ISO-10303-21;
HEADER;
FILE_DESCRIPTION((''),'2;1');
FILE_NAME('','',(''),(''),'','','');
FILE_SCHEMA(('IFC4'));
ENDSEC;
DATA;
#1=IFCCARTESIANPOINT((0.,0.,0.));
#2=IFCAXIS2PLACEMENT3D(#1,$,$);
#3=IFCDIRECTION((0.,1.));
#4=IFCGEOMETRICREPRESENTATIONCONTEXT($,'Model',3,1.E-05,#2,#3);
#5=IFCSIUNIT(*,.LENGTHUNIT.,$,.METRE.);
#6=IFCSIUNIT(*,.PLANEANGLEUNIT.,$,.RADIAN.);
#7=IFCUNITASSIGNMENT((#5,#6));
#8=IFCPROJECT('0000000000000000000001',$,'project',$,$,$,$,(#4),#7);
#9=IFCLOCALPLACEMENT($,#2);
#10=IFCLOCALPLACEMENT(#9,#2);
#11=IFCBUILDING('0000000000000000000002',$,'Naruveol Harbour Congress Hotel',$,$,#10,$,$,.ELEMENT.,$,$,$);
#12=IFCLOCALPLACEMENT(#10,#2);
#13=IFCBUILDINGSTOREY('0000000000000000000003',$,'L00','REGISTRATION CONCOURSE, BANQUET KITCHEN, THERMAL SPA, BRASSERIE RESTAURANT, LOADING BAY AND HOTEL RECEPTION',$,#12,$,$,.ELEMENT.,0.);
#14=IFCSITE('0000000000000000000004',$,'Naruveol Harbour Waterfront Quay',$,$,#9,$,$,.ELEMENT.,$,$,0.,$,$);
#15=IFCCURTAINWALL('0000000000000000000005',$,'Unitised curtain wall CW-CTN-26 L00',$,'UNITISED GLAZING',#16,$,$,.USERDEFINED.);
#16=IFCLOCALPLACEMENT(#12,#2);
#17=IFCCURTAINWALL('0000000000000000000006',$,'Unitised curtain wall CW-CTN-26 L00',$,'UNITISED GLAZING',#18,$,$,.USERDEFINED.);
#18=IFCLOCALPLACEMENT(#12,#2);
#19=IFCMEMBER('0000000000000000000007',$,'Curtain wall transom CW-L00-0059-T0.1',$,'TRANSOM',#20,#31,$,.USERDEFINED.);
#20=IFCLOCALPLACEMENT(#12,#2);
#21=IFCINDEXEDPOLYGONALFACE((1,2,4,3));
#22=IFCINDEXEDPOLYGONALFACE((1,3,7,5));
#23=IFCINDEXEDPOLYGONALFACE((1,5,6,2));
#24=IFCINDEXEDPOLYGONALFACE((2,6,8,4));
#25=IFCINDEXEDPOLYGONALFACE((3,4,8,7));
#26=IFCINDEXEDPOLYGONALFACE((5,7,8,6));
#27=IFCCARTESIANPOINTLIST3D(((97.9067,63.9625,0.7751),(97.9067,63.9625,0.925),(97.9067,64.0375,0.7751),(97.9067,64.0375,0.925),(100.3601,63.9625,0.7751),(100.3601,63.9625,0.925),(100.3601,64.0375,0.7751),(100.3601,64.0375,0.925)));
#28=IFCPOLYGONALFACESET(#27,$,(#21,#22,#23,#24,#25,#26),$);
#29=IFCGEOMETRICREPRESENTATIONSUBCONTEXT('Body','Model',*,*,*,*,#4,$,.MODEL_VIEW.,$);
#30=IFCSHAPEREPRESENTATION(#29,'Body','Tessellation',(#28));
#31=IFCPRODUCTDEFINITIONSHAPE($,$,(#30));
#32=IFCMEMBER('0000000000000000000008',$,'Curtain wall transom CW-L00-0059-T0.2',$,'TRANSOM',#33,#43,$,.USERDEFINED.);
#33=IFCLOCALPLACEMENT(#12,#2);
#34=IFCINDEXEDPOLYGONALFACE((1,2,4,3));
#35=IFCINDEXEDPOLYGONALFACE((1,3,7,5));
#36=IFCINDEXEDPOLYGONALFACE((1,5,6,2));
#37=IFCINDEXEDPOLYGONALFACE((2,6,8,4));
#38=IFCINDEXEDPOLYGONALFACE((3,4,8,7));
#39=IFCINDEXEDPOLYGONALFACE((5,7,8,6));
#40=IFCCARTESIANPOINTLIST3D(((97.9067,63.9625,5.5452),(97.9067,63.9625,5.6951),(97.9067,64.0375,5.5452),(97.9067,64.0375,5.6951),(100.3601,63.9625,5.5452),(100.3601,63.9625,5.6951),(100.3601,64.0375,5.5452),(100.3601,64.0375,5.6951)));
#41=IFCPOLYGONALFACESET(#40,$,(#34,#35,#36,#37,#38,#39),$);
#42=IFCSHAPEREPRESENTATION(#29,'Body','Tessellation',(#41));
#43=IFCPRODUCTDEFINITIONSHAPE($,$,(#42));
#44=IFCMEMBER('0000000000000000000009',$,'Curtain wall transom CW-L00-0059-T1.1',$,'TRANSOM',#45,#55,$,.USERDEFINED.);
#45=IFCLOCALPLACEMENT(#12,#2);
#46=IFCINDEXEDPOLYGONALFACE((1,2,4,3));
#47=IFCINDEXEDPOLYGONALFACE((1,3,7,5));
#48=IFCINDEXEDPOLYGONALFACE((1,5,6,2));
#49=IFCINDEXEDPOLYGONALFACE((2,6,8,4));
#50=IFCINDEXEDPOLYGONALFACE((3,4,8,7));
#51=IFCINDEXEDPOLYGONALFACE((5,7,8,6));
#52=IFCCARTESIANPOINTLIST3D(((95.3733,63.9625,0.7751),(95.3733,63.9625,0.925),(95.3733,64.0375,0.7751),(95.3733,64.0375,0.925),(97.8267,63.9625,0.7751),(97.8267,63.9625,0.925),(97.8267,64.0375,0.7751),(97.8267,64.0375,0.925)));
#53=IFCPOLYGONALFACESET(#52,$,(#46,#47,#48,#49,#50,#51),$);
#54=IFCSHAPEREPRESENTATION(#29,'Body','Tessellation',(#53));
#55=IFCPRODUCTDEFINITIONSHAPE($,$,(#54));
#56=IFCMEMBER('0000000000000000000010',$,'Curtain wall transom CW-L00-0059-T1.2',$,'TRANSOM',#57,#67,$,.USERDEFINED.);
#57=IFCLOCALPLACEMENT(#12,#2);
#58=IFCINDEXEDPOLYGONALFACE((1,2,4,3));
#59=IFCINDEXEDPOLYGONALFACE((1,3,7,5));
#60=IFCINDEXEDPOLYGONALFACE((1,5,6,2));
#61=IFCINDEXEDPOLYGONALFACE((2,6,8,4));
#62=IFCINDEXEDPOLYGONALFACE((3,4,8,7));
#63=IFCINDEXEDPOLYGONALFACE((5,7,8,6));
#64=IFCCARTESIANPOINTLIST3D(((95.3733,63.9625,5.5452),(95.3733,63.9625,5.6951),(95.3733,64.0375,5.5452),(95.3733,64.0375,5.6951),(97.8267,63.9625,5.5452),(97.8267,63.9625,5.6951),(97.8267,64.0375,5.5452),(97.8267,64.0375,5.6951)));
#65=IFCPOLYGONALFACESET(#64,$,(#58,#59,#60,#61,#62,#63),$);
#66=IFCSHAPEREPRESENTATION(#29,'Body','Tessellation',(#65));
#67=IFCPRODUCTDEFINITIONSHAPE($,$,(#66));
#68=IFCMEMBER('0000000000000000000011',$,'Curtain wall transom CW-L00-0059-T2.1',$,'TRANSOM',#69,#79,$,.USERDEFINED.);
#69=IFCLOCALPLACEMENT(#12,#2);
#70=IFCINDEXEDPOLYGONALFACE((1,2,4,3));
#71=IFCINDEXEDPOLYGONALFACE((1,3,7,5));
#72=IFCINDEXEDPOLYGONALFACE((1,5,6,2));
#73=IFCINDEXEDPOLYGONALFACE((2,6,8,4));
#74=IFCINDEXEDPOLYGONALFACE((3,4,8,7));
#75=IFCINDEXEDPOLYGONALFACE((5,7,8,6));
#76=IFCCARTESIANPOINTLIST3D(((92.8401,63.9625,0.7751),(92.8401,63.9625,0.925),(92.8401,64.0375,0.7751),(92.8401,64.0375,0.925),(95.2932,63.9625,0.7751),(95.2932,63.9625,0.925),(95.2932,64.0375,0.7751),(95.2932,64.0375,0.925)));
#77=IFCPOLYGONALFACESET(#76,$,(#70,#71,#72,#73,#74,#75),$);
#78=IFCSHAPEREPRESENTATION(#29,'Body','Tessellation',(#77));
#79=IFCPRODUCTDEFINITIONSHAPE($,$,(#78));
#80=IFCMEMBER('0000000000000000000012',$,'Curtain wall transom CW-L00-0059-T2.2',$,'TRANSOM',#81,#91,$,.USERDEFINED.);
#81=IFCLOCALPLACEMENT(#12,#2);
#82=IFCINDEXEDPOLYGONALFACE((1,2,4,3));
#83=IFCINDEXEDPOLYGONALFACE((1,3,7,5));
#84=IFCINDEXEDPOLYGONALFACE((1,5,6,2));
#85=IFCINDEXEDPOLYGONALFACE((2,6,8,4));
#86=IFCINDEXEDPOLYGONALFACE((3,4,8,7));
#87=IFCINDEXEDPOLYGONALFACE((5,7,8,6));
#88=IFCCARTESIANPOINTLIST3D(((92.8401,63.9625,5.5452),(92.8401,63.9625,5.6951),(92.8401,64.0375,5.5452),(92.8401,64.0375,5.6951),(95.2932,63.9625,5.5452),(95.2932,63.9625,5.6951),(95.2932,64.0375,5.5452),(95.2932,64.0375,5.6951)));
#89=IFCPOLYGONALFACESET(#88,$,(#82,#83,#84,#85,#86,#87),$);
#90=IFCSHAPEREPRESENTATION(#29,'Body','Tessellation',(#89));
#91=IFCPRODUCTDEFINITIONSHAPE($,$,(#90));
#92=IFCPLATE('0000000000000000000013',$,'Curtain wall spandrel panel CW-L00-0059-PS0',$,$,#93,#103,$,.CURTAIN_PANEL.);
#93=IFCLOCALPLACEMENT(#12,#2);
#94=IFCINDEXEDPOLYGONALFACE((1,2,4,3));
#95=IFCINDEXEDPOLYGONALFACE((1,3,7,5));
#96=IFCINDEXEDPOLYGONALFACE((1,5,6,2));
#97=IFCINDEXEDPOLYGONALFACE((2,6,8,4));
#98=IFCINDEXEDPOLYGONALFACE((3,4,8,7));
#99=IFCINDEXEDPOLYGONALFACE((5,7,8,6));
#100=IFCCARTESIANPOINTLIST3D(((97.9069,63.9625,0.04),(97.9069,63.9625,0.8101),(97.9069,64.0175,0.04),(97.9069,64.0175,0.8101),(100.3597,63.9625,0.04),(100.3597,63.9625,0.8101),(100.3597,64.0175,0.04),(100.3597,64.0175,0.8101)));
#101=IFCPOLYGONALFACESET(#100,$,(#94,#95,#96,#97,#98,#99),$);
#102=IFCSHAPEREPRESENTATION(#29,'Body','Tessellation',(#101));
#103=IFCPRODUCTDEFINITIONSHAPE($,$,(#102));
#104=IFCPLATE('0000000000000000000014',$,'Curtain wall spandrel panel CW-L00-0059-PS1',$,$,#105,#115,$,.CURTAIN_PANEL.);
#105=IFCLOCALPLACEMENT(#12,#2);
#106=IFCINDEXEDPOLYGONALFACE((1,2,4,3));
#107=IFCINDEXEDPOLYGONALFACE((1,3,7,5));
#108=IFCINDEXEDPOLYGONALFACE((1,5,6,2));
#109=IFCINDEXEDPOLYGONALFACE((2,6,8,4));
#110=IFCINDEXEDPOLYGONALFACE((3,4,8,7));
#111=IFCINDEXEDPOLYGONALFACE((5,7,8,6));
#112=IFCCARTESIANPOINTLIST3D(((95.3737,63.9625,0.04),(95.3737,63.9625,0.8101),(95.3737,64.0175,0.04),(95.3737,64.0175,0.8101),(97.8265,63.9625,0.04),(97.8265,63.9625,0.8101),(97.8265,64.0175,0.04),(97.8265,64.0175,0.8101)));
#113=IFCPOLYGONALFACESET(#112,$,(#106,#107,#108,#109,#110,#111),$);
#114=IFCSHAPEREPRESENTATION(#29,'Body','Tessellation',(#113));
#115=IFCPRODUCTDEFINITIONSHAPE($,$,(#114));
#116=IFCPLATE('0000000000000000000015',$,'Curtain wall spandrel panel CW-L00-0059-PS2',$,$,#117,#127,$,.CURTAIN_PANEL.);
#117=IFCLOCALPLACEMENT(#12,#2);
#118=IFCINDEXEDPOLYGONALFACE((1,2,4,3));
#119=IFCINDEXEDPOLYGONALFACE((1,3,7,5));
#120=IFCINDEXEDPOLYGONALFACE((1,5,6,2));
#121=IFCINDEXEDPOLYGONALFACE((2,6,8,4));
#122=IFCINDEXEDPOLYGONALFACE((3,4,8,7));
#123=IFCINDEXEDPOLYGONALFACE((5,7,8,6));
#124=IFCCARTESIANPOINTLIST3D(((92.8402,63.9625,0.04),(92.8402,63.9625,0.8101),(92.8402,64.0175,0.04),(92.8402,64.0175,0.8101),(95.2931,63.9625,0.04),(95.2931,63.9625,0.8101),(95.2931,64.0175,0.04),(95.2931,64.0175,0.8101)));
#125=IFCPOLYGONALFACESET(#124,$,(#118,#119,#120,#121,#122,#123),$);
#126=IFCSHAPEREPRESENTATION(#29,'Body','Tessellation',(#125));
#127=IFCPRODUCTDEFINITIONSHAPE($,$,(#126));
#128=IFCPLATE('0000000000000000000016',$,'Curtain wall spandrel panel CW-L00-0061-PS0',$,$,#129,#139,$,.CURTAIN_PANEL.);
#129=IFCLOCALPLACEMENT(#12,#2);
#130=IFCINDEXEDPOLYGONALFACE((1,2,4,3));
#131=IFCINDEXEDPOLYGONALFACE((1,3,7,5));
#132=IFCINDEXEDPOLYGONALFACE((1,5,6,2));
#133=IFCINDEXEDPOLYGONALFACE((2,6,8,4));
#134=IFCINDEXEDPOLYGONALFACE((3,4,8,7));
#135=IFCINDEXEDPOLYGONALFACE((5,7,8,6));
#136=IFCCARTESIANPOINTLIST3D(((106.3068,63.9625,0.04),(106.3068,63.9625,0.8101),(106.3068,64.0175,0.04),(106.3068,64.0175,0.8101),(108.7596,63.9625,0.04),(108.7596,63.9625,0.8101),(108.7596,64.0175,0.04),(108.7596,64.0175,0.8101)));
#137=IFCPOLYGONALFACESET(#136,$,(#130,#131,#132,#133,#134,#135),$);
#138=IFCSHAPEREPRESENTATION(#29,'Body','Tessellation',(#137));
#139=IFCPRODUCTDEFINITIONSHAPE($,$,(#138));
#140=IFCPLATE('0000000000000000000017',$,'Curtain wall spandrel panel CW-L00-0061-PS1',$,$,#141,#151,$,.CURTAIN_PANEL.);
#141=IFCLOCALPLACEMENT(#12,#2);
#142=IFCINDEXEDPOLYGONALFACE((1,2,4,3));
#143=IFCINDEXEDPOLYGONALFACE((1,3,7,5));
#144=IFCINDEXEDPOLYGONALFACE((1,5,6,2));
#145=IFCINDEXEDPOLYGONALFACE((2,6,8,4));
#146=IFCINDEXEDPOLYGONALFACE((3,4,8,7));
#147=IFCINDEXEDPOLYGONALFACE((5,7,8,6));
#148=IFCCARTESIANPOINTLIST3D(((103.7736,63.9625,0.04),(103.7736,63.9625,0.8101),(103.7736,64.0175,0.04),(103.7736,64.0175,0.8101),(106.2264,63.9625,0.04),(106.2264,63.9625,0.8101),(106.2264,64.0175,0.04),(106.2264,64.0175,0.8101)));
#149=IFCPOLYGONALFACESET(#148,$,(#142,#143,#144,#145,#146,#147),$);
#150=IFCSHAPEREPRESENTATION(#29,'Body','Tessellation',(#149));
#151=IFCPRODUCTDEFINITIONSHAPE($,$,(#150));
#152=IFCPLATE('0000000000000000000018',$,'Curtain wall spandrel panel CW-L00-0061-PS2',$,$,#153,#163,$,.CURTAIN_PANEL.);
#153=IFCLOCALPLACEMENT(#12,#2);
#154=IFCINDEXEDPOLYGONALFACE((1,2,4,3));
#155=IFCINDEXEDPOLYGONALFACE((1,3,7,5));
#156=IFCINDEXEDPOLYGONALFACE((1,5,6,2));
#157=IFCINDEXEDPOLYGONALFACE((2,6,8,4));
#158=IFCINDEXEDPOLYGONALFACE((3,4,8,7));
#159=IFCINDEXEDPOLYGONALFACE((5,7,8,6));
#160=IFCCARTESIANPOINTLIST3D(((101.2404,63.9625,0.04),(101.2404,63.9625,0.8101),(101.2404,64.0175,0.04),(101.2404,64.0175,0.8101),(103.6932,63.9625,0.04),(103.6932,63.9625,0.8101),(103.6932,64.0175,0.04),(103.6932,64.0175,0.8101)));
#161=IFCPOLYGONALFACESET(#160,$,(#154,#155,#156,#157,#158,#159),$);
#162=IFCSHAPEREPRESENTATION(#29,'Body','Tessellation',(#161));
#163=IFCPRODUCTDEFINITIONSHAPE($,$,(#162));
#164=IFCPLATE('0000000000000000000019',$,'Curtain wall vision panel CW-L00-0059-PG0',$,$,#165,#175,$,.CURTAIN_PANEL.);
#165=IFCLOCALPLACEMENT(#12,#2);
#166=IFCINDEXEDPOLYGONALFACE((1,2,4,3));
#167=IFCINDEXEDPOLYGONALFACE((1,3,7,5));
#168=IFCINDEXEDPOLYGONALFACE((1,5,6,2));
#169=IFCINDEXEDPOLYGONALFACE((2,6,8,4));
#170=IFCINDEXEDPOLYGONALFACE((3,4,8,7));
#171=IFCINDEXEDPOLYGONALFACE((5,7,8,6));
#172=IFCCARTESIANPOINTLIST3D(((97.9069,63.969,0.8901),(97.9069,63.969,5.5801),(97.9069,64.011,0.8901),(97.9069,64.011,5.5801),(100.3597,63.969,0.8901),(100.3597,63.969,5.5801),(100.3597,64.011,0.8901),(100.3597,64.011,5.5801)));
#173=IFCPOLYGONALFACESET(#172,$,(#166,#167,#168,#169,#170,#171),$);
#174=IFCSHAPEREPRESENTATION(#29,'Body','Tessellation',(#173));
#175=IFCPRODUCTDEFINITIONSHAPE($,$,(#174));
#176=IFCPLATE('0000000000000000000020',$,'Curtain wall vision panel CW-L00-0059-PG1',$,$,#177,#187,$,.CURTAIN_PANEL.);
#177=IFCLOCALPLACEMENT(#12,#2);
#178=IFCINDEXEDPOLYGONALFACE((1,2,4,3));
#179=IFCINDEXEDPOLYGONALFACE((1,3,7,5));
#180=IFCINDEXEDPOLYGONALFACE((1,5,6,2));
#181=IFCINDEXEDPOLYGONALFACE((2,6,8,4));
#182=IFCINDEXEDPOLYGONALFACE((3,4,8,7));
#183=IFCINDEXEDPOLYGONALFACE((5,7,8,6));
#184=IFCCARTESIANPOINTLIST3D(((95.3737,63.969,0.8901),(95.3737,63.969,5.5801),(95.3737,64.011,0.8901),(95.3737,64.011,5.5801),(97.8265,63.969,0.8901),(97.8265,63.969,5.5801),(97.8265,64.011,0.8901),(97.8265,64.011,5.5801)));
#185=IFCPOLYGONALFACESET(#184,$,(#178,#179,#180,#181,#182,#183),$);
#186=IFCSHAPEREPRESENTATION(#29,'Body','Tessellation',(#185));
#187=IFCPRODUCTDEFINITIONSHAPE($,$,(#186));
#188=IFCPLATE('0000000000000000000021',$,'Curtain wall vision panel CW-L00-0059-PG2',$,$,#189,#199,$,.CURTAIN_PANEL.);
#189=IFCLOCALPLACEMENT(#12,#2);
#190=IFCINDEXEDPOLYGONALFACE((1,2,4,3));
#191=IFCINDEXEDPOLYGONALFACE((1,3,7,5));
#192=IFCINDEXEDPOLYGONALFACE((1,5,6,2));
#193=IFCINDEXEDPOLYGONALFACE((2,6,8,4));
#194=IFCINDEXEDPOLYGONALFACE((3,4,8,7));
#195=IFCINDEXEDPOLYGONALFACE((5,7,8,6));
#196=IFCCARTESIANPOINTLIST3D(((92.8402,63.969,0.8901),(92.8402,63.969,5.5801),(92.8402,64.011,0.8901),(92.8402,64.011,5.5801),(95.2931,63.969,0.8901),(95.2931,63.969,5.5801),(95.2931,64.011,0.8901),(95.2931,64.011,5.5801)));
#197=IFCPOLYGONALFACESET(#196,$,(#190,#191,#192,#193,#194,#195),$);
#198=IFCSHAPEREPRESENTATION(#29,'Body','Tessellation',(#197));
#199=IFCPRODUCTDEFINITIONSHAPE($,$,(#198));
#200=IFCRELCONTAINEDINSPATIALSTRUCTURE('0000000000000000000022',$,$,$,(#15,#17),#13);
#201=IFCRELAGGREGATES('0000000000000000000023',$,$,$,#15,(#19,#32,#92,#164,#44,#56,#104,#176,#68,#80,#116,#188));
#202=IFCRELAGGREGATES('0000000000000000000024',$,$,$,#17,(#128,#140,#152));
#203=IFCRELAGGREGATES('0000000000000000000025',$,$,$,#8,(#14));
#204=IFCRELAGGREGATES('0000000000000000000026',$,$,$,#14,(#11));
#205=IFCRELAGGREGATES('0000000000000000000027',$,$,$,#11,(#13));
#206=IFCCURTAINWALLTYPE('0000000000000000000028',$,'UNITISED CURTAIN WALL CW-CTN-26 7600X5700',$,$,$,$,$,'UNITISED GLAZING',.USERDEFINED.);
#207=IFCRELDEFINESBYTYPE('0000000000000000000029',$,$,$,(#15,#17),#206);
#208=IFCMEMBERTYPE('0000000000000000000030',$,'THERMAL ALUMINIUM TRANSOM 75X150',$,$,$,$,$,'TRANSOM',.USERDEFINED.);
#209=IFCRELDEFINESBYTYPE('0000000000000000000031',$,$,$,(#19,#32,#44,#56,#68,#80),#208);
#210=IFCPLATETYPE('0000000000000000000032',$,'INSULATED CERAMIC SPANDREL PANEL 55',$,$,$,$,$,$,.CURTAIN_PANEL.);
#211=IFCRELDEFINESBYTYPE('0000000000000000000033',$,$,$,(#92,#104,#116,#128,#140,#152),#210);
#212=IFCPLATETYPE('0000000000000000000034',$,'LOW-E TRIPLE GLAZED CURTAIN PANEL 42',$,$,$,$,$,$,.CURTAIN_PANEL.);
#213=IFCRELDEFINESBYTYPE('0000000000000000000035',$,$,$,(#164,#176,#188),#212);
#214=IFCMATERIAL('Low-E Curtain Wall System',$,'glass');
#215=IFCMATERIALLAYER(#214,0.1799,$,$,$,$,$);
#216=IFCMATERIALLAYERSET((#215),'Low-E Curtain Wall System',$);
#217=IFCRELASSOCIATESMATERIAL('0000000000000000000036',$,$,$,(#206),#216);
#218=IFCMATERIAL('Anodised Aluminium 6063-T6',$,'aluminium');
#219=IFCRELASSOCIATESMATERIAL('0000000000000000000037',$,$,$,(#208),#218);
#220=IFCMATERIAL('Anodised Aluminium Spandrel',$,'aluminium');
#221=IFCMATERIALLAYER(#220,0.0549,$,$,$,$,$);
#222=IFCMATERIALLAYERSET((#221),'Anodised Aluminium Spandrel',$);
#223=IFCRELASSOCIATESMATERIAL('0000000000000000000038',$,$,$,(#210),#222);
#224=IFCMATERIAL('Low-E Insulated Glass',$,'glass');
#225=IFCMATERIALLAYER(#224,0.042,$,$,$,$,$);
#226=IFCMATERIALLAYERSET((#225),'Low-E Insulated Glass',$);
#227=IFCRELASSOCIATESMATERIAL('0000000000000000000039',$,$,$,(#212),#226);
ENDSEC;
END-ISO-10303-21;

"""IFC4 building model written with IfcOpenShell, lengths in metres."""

from ifc_helpers import new_model, si_unit, direction, frame, origin, origin_2d, place, context, subcontext, project, spatial, rectangle, extrude, material, layer, layer_set, material_profile, profile_set, type_object, element, aggregate, save


model = new_model("IFC4")

# Units and contexts
model_context = context("Model", 3, precision=1e-05, world=origin(), true_north=direction((0.0, 1.0)))
body_context = subcontext(model_context, "Body", "Model", "MODEL_VIEW")
ifc_project = project(units=[si_unit("LENGTHUNIT", "METRE"), si_unit("PLANEANGLEUNIT", "RADIAN")], contexts=[model_context])

# Site, building, storey
site_placement = place(None, origin())
site = spatial("IfcSite", under=ifc_project, at=site_placement, Name="Naruveol Harbour Waterfront Quay", CompositionType="ELEMENT", RefElevation=0.0)
building_placement = place(site_placement, origin())
building = spatial("IfcBuilding", under=site, at=building_placement, Name="Naruveol Harbour Congress Hotel", CompositionType="ELEMENT")
storey_placement = place(building_placement, origin())
storey = spatial("IfcBuildingStorey", under=building, at=storey_placement, Name="L00", Description="REGISTRATION CONCOURSE, BANQUET KITCHEN, THERMAL SPA, BRASSERIE RESTAURANT, LOADING BAY AND HOTEL RECEPTION", CompositionType="ELEMENT", Elevation=0.0)

# Shared definitions
ifc_material_1 = material(Name="Low-E Curtain Wall System", Category="glass")
ifc_layer_1 = layer(ifc_material_1, 0.1799)
ifc_layer_set_1 = layer_set([ifc_layer_1], Name="Low-E Curtain Wall System")
curtain_wall_type_1 = type_object("IfcCurtainWallType", Name="UNITISED CURTAIN WALL CW-CTN-26 7600X5700", ElementType="UNITISED GLAZING", PredefinedType="USERDEFINED", material=ifc_layer_set_1)

# Curtain wall
curtain_wall_1_placement = place(storey_placement, origin())
curtain_wall_1 = element("IfcCurtainWall", 1, at=curtain_wall_1_placement, inside=storey, type_object=curtain_wall_type_1, Name="Unitised curtain wall CW-CTN-26 L00", ObjectType="UNITISED GLAZING", PredefinedType="USERDEFINED")

# Curtain wall
curtain_wall_2_placement = place(storey_placement, origin())
curtain_wall_2 = element("IfcCurtainWall", 2, at=curtain_wall_2_placement, inside=storey, type_object=curtain_wall_type_1, Name="Unitised curtain wall CW-CTN-26 L00", ObjectType="UNITISED GLAZING", PredefinedType="USERDEFINED")

# Members
ifc_material_2 = material(Name="Anodised Aluminium 6063-T6", Category="aluminium")
ifc_material_profile_1 = material_profile(ifc_material_2, rectangle(XDim=0.075, YDim=0.1499, at=origin_2d()), Name="ALU-75x150")
ifc_profile_set_1 = profile_set([ifc_material_profile_1], Name="Anodised Aluminium 6063-T6")
member_type_1 = type_object("IfcMemberType", Name="THERMAL ALUMINIUM TRANSOM 75X150", ElementType="TRANSOM", PredefinedType="USERDEFINED", material=ifc_profile_set_1)
member_1_placement = place(storey_placement, frame((100.3601, 64.0, 0.8501), z_axis=(-1.0, 0.0, 0.0), x_axis=(0.0, -1.0, 0.0)))
member_1 = element("IfcMember", 3, at=member_1_placement, type_object=member_type_1, Name="Curtain wall transom CW-L00-0059-T0.1", ObjectType="TRANSOM", PredefinedType="USERDEFINED", context=body_context, shape_type="SweptSolid", body=[
    extrude(rectangle(XDim=0.075, YDim=0.1499, at=origin_2d()), origin(), (0.0, 0.0, 1.0), 2.4534),
])
member_2_placement = place(storey_placement, frame((100.3601, 64.0, 5.6201), z_axis=(-1.0, 0.0, 0.0), x_axis=(0.0, -1.0, 0.0)))
member_2 = element("IfcMember", 4, at=member_2_placement, type_object=member_type_1, Name="Curtain wall transom CW-L00-0059-T0.2", ObjectType="TRANSOM", PredefinedType="USERDEFINED", context=body_context, shape_type="SweptSolid", body=[
    extrude(rectangle(XDim=0.075, YDim=0.1499, at=origin_2d()), origin(), (0.0, 0.0, 1.0), 2.4534),
])
member_3_placement = place(storey_placement, frame((97.8267, 64.0, 0.8501), z_axis=(-1.0, 0.0, 0.0), x_axis=(0.0, -1.0, 0.0)))
member_3 = element("IfcMember", 5, at=member_3_placement, type_object=member_type_1, Name="Curtain wall transom CW-L00-0059-T1.1", ObjectType="TRANSOM", PredefinedType="USERDEFINED", context=body_context, shape_type="SweptSolid", body=[
    extrude(rectangle(XDim=0.075, YDim=0.1499, at=origin_2d()), origin(), (0.0, 0.0, 1.0), 2.4534),
])
member_4_placement = place(storey_placement, frame((97.8267, 64.0, 5.6201), z_axis=(-1.0, 0.0, 0.0), x_axis=(0.0, -1.0, 0.0)))
member_4 = element("IfcMember", 6, at=member_4_placement, type_object=member_type_1, Name="Curtain wall transom CW-L00-0059-T1.2", ObjectType="TRANSOM", PredefinedType="USERDEFINED", context=body_context, shape_type="SweptSolid", body=[
    extrude(rectangle(XDim=0.075, YDim=0.1499, at=origin_2d()), origin(), (0.0, 0.0, 1.0), 2.4534),
])
member_5_placement = place(storey_placement, frame((95.2932, 64.0, 0.8501), z_axis=(-1.0, 0.0, 0.0), x_axis=(0.0, -1.0, 0.0)))
member_5 = element("IfcMember", 7, at=member_5_placement, type_object=member_type_1, Name="Curtain wall transom CW-L00-0059-T2.1", ObjectType="TRANSOM", PredefinedType="USERDEFINED", context=body_context, shape_type="SweptSolid", body=[
    extrude(rectangle(XDim=0.075, YDim=0.1499, at=origin_2d()), origin(), (0.0, 0.0, 1.0), 2.4531),
])
member_6_placement = place(storey_placement, frame((95.2932, 64.0, 5.6201), z_axis=(-1.0, 0.0, 0.0), x_axis=(0.0, -1.0, 0.0)))
member_6 = element("IfcMember", 8, at=member_6_placement, type_object=member_type_1, Name="Curtain wall transom CW-L00-0059-T2.2", ObjectType="TRANSOM", PredefinedType="USERDEFINED", context=body_context, shape_type="SweptSolid", body=[
    extrude(rectangle(XDim=0.075, YDim=0.1499, at=origin_2d()), origin(), (0.0, 0.0, 1.0), 2.4531),
])

# Plates
ifc_material_3 = material(Name="Anodised Aluminium Spandrel", Category="aluminium")
ifc_layer_2 = layer(ifc_material_3, 0.0549)
ifc_layer_set_2 = layer_set([ifc_layer_2], Name="Anodised Aluminium Spandrel")
plate_type_1 = type_object("IfcPlateType", Name="INSULATED CERAMIC SPANDREL PANEL 55", PredefinedType="CURTAIN_PANEL", material=ifc_layer_set_2)
plate_1_placement = place(storey_placement, frame((99.1333, 63.99, 0.04), z_axis=(0.0, 0.0, 1.0), x_axis=(-1.0, 0.0, 0.0)))
plate_1 = element("IfcPlate", 9, at=plate_1_placement, type_object=plate_type_1, Name="Curtain wall spandrel panel CW-L00-0059-PS0", PredefinedType="CURTAIN_PANEL", context=body_context, shape_type="SweptSolid", body=[
    extrude(rectangle(XDim=2.4529, YDim=0.0549, at=origin_2d()), origin(), (0.0, 0.0, 1.0), 0.77),
])
plate_2_placement = place(storey_placement, frame((96.6001, 63.99, 0.04), z_axis=(0.0, 0.0, 1.0), x_axis=(-1.0, 0.0, 0.0)))
plate_2 = element("IfcPlate", 10, at=plate_2_placement, type_object=plate_type_1, Name="Curtain wall spandrel panel CW-L00-0059-PS1", PredefinedType="CURTAIN_PANEL", context=body_context, shape_type="SweptSolid", body=[
    extrude(rectangle(XDim=2.4529, YDim=0.0549, at=origin_2d()), origin(), (0.0, 0.0, 1.0), 0.77),
])
plate_3_placement = place(storey_placement, frame((94.0667, 63.99, 0.04), z_axis=(0.0, 0.0, 1.0), x_axis=(-1.0, 0.0, 0.0)))
plate_3 = element("IfcPlate", 11, at=plate_3_placement, type_object=plate_type_1, Name="Curtain wall spandrel panel CW-L00-0059-PS2", PredefinedType="CURTAIN_PANEL", context=body_context, shape_type="SweptSolid", body=[
    extrude(rectangle(XDim=2.4529, YDim=0.0549, at=origin_2d()), origin(), (0.0, 0.0, 1.0), 0.77),
])
plate_4_placement = place(storey_placement, frame((107.5332, 63.99, 0.04), z_axis=(0.0, 0.0, 1.0), x_axis=(-1.0, 0.0, 0.0)))
plate_4 = element("IfcPlate", 12, at=plate_4_placement, type_object=plate_type_1, Name="Curtain wall spandrel panel CW-L00-0061-PS0", PredefinedType="CURTAIN_PANEL", context=body_context, shape_type="SweptSolid", body=[
    extrude(rectangle(XDim=2.4529, YDim=0.0549, at=origin_2d()), origin(), (0.0, 0.0, 1.0), 0.77),
])
plate_5_placement = place(storey_placement, frame((105.0, 63.99, 0.04), z_axis=(0.0, 0.0, 1.0), x_axis=(-1.0, 0.0, 0.0)))
plate_5 = element("IfcPlate", 13, at=plate_5_placement, type_object=plate_type_1, Name="Curtain wall spandrel panel CW-L00-0061-PS1", PredefinedType="CURTAIN_PANEL", context=body_context, shape_type="SweptSolid", body=[
    extrude(rectangle(XDim=2.4529, YDim=0.0549, at=origin_2d()), origin(), (0.0, 0.0, 1.0), 0.77),
])
plate_6_placement = place(storey_placement, frame((102.4668, 63.99, 0.04), z_axis=(0.0, 0.0, 1.0), x_axis=(-1.0, 0.0, 0.0)))
plate_6 = element("IfcPlate", 14, at=plate_6_placement, type_object=plate_type_1, Name="Curtain wall spandrel panel CW-L00-0061-PS2", PredefinedType="CURTAIN_PANEL", context=body_context, shape_type="SweptSolid", body=[
    extrude(rectangle(XDim=2.4529, YDim=0.0549, at=origin_2d()), origin(), (0.0, 0.0, 1.0), 0.77),
])
ifc_material_4 = material(Name="Low-E Insulated Glass", Category="glass")
ifc_layer_3 = layer(ifc_material_4, 0.042)
ifc_layer_set_3 = layer_set([ifc_layer_3], Name="Low-E Insulated Glass")
plate_type_2 = type_object("IfcPlateType", Name="LOW-E TRIPLE GLAZED CURTAIN PANEL 42", PredefinedType="CURTAIN_PANEL", material=ifc_layer_set_3)
plate_7_placement = place(storey_placement, frame((99.1333, 63.99, 0.8901), z_axis=(0.0, 0.0, 1.0), x_axis=(-1.0, 0.0, 0.0)))
plate_7 = element("IfcPlate", 15, at=plate_7_placement, type_object=plate_type_2, Name="Curtain wall vision panel CW-L00-0059-PG0", PredefinedType="CURTAIN_PANEL", context=body_context, shape_type="SweptSolid", body=[
    extrude(rectangle(XDim=2.4529, YDim=0.042, at=origin_2d()), origin(), (0.0, 0.0, 1.0), 4.6899),
])
plate_8_placement = place(storey_placement, frame((96.6001, 63.99, 0.8901), z_axis=(0.0, 0.0, 1.0), x_axis=(-1.0, 0.0, 0.0)))
plate_8 = element("IfcPlate", 16, at=plate_8_placement, type_object=plate_type_2, Name="Curtain wall vision panel CW-L00-0059-PG1", PredefinedType="CURTAIN_PANEL", context=body_context, shape_type="SweptSolid", body=[
    extrude(rectangle(XDim=2.4529, YDim=0.042, at=origin_2d()), origin(), (0.0, 0.0, 1.0), 4.6899),
])
plate_9_placement = place(storey_placement, frame((94.0667, 63.99, 0.8901), z_axis=(0.0, 0.0, 1.0), x_axis=(-1.0, 0.0, 0.0)))
plate_9 = element("IfcPlate", 17, at=plate_9_placement, type_object=plate_type_2, Name="Curtain wall vision panel CW-L00-0059-PG2", PredefinedType="CURTAIN_PANEL", context=body_context, shape_type="SweptSolid", body=[
    extrude(rectangle(XDim=2.4529, YDim=0.042, at=origin_2d()), origin(), (0.0, 0.0, 1.0), 4.6899),
])
aggregate(curtain_wall_1, [member_1, member_2, plate_1, plate_7, member_3, member_4, plate_2, plate_8, member_5, member_6, plate_3, plate_9])
aggregate(curtain_wall_2, [plate_4, plate_5, plate_6])

save(model, "model.ifc")
